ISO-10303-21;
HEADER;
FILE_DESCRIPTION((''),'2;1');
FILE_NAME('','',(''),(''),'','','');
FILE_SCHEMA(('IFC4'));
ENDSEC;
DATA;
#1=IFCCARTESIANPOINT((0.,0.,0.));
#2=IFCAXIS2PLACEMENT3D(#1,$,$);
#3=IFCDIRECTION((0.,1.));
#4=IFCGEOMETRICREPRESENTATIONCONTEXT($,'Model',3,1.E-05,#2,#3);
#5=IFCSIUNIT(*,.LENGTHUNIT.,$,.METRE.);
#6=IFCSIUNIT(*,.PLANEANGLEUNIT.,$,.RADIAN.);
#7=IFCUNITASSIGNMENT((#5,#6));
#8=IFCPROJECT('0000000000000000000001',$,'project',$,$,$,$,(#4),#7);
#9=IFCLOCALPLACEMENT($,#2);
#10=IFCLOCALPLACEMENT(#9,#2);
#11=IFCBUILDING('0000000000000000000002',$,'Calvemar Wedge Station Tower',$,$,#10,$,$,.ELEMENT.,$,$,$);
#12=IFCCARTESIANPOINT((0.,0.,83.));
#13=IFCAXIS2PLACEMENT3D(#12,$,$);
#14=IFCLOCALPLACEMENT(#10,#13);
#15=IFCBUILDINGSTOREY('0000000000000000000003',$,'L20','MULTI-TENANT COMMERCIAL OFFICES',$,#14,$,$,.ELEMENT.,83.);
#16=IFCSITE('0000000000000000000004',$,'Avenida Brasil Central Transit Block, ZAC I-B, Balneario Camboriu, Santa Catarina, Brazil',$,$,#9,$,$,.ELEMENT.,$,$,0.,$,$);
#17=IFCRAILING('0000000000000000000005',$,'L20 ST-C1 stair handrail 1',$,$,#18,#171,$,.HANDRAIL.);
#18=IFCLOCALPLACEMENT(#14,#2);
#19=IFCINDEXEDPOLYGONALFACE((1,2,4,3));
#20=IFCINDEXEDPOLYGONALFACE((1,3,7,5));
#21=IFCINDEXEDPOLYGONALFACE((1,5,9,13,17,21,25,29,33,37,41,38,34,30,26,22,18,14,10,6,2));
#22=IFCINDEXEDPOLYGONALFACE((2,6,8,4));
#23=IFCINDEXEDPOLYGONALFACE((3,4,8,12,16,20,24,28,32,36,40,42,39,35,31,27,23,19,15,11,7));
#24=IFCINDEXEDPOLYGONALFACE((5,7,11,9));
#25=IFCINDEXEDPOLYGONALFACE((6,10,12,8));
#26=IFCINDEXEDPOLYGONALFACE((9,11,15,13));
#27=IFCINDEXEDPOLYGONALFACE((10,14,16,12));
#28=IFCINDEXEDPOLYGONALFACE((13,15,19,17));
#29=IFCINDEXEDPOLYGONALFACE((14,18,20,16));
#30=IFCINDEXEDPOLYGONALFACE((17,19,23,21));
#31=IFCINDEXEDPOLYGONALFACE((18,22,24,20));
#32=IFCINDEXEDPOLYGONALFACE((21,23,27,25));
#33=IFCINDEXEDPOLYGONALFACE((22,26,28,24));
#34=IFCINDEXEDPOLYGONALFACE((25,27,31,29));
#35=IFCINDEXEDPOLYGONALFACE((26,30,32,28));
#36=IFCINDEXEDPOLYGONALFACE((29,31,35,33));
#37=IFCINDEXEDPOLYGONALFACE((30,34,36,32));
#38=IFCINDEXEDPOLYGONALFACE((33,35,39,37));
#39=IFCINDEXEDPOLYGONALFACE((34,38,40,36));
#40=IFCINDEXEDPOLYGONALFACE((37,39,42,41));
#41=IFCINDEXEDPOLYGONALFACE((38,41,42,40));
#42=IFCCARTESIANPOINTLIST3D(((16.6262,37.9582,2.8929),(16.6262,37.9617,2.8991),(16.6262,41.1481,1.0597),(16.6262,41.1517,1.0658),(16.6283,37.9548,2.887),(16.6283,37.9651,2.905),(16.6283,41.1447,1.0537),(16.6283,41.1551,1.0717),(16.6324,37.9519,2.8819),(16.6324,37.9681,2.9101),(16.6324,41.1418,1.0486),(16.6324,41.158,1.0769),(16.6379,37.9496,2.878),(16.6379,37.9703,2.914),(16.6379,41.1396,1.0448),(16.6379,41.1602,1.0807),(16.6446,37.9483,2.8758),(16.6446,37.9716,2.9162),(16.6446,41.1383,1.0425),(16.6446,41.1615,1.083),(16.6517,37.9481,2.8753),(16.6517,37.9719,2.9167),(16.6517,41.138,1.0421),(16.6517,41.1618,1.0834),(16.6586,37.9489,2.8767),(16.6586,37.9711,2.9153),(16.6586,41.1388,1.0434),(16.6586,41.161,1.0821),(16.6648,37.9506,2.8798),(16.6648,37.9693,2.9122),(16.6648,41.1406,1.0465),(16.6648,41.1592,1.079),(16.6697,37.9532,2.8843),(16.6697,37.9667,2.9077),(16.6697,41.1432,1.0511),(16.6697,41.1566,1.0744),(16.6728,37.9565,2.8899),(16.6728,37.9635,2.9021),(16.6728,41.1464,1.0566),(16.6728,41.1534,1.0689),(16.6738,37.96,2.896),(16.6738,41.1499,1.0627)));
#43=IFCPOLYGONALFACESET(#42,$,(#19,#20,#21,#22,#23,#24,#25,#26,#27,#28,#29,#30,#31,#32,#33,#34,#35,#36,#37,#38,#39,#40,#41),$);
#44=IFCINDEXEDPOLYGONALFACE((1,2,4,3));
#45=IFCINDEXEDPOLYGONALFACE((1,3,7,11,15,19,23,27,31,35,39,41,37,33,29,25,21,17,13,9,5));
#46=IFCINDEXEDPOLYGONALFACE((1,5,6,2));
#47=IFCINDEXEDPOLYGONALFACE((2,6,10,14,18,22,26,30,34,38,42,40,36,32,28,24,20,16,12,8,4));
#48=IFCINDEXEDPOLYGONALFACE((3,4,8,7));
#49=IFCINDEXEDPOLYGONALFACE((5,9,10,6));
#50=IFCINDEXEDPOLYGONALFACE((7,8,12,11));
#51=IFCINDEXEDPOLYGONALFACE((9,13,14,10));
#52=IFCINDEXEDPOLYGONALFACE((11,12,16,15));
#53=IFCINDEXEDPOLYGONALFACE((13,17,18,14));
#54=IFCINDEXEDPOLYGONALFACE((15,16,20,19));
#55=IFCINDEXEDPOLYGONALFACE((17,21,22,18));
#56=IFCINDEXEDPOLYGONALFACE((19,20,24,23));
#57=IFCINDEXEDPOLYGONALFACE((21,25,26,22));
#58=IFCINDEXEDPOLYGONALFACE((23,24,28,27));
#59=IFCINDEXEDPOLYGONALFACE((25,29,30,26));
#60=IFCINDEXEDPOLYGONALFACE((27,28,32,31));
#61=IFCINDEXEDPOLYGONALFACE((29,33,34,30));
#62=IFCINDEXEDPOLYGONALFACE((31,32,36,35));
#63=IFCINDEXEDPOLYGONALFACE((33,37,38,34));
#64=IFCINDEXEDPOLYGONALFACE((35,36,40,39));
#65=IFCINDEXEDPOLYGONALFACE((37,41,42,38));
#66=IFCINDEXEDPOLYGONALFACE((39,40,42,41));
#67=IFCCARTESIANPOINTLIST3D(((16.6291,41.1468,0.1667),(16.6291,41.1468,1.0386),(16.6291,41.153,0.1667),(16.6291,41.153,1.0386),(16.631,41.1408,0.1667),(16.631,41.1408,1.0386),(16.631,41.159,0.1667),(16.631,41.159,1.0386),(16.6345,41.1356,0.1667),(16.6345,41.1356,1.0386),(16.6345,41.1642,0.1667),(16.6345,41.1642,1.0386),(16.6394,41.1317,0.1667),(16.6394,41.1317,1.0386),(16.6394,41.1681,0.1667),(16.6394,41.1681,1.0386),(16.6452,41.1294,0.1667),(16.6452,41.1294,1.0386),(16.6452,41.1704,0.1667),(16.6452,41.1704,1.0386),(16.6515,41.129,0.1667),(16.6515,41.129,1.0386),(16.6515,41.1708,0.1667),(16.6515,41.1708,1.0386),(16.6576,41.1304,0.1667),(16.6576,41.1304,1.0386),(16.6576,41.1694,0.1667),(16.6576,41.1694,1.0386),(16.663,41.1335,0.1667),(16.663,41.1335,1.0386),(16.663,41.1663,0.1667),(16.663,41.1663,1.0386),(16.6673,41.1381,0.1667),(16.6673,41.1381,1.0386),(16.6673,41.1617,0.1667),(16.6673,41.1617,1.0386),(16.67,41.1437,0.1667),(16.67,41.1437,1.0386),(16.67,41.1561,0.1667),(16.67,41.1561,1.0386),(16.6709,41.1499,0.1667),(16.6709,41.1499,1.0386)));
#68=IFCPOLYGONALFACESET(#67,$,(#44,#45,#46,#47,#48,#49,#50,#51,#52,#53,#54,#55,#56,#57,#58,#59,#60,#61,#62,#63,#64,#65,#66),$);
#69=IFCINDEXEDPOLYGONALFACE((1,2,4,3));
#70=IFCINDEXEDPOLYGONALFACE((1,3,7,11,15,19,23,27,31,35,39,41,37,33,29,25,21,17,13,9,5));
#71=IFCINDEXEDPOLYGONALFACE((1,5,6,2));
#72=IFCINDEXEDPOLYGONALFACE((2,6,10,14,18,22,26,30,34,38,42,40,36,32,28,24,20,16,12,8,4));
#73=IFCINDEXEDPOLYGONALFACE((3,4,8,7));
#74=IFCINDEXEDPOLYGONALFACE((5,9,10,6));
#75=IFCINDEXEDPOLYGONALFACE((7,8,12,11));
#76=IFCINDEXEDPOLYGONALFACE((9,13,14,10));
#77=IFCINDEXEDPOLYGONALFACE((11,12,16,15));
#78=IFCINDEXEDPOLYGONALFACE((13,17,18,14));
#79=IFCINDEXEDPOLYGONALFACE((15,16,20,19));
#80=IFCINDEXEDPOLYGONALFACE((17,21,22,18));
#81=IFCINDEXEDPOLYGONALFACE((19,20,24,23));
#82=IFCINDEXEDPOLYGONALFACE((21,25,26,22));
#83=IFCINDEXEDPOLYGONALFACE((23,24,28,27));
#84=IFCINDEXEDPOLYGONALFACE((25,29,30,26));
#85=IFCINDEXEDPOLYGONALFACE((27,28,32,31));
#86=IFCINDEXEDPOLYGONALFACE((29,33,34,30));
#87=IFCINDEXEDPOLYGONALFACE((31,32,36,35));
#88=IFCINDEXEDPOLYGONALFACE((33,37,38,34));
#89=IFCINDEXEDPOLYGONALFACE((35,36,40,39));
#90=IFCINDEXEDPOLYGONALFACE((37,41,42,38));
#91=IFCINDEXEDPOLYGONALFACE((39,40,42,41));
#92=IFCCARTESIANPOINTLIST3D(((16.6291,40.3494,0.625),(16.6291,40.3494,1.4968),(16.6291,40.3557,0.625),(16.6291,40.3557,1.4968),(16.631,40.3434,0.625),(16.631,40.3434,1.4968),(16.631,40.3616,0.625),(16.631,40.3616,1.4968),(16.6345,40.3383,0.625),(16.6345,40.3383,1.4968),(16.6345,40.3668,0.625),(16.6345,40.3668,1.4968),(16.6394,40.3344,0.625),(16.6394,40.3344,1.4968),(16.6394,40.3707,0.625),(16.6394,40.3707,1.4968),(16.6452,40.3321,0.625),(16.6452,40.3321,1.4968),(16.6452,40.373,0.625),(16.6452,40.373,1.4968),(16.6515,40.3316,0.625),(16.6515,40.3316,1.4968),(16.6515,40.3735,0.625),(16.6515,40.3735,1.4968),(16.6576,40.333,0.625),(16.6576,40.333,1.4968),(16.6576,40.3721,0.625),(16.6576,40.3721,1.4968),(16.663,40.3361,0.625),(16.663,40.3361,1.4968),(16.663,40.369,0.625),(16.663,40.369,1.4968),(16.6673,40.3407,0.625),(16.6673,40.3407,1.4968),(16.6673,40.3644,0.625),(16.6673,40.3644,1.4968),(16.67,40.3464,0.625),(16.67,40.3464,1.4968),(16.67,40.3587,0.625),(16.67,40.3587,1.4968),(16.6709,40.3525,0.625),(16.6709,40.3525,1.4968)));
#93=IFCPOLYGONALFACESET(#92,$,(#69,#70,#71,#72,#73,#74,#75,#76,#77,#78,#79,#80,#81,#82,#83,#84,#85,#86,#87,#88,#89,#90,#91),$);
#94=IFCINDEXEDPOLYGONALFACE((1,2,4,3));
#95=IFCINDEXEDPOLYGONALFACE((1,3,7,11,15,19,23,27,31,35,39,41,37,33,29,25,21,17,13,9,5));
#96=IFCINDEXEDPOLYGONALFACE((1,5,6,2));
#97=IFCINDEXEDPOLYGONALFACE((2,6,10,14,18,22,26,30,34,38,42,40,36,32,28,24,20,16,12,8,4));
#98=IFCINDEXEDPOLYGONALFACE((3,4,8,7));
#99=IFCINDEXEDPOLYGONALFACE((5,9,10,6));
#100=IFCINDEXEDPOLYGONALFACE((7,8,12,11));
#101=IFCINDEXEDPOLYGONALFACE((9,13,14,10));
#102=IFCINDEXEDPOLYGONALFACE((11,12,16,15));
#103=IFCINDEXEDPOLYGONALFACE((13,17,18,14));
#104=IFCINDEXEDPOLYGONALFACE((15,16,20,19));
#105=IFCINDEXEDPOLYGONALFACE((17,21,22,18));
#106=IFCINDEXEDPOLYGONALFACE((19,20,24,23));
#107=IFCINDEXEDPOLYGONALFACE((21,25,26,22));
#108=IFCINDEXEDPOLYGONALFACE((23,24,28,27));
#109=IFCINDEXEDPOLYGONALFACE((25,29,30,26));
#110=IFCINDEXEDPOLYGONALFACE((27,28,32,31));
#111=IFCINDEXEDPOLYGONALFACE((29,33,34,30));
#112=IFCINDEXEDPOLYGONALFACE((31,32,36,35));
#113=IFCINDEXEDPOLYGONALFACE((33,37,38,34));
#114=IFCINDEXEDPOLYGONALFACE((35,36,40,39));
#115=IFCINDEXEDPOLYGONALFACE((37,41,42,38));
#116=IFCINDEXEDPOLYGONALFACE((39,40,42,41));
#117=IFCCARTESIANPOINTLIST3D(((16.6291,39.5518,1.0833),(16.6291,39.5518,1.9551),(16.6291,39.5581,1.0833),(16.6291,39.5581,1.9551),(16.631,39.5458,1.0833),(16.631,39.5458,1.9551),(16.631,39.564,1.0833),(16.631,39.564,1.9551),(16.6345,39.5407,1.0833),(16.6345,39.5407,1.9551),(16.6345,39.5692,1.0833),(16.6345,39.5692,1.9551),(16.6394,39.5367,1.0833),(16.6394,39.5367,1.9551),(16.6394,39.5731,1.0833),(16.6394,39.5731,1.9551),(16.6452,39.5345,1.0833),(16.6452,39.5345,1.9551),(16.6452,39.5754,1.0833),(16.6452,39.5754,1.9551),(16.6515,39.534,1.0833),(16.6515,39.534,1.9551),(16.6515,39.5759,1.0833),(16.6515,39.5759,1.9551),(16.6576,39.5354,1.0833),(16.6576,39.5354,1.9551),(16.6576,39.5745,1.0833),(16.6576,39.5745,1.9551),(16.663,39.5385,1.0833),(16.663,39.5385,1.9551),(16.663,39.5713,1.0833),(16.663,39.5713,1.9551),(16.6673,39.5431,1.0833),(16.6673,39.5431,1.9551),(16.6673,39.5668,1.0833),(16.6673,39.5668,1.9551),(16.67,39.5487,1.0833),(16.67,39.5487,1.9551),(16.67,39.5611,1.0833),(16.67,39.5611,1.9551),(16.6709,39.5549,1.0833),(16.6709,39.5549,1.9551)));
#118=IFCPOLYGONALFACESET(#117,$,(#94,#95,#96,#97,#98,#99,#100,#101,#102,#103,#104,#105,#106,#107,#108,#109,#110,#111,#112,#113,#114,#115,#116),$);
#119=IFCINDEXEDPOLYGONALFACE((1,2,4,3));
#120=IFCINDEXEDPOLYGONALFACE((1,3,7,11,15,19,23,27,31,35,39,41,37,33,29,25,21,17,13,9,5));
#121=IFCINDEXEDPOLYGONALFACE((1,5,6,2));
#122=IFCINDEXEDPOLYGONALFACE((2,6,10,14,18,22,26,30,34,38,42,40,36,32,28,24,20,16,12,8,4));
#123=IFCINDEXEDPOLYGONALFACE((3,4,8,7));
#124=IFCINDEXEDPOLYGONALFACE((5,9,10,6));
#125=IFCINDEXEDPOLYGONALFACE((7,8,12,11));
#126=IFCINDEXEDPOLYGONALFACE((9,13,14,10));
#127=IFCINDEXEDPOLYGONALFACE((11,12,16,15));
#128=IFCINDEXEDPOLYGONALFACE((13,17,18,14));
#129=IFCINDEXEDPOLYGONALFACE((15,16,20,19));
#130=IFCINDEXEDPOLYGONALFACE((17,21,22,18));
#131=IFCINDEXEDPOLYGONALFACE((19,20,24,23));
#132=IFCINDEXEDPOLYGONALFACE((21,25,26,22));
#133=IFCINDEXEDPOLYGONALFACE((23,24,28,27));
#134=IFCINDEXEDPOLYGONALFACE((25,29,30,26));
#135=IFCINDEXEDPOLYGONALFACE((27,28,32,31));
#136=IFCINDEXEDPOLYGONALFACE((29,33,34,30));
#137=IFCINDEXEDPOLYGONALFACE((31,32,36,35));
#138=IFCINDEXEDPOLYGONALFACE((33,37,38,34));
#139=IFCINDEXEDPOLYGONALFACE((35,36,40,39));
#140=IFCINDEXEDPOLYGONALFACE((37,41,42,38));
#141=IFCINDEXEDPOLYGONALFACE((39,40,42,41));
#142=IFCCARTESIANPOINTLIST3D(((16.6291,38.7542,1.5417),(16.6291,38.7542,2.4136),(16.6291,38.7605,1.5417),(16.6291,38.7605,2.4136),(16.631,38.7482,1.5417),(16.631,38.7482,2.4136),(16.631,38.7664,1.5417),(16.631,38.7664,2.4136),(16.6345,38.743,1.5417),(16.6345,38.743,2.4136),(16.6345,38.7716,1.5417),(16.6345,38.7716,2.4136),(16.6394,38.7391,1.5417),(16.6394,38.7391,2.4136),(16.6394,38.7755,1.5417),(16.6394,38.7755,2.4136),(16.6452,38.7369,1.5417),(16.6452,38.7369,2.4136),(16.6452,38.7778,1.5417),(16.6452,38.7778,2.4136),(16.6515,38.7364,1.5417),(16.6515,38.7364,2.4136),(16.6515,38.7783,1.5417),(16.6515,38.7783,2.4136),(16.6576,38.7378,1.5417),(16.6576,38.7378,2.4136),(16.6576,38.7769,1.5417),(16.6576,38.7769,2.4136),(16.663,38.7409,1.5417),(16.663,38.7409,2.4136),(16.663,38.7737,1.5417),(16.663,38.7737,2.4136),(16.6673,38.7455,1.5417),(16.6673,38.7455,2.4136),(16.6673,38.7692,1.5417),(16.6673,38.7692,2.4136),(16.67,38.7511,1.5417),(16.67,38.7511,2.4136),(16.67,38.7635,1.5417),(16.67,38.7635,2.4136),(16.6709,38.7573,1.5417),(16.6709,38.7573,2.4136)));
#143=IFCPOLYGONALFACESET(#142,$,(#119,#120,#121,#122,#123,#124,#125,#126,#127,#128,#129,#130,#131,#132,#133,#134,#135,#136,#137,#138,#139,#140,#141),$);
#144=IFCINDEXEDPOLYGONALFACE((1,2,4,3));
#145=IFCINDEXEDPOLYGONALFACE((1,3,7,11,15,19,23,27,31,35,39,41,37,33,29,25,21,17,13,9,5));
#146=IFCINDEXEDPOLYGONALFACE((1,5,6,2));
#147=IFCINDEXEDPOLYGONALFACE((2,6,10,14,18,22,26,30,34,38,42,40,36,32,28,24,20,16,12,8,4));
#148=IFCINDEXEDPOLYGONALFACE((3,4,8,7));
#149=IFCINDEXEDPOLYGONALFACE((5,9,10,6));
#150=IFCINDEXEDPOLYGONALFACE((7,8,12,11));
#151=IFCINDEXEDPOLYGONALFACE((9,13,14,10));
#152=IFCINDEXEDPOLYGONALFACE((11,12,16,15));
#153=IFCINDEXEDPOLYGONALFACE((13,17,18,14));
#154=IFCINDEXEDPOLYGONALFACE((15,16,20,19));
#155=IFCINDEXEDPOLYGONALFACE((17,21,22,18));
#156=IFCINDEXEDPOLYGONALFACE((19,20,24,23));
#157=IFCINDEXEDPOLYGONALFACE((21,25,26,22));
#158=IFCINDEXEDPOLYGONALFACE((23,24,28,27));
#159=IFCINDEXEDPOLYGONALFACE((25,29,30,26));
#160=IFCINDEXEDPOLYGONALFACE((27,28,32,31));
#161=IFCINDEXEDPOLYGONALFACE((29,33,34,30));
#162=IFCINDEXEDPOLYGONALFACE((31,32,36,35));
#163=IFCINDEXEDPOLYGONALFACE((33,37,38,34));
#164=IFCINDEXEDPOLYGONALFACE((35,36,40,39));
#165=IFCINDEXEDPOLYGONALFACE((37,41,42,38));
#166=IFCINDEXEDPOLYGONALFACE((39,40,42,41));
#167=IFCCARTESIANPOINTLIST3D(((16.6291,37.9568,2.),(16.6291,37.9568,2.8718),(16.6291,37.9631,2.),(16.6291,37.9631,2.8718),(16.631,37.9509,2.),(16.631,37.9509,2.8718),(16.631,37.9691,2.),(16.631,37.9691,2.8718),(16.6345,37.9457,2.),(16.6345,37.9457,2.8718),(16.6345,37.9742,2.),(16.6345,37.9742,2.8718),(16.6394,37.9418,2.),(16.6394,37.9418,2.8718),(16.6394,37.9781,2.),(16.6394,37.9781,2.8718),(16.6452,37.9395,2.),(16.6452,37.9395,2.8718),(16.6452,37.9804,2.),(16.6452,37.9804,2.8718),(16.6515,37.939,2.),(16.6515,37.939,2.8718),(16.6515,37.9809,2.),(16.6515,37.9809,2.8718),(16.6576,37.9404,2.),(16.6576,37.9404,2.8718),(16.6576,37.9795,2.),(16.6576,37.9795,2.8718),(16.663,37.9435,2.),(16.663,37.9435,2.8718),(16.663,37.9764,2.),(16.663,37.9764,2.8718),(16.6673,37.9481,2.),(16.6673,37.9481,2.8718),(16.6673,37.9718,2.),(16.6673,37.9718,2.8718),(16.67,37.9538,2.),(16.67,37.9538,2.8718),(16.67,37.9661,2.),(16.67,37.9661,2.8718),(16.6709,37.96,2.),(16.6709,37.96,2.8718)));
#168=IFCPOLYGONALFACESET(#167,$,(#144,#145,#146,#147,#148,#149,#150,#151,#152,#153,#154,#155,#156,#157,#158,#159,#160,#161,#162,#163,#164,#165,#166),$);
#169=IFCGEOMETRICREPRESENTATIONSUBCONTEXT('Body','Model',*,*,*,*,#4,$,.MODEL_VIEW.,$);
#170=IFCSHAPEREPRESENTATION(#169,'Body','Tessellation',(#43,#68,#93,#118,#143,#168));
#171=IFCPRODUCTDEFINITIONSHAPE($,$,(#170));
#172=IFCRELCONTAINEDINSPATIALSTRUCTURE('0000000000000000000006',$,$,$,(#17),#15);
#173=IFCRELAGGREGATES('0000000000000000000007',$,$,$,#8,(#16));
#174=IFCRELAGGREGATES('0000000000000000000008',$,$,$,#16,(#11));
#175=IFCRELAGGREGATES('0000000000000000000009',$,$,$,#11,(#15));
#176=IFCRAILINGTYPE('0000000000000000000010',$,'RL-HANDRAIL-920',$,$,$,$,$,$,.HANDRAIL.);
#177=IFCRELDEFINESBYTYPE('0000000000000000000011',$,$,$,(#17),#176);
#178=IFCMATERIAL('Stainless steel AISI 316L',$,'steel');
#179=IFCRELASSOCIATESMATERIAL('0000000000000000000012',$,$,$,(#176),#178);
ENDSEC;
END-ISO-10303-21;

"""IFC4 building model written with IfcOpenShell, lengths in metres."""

from ifc_helpers import new_model, si_unit, direction, frame, origin, origin_2d, place, context, subcontext, project, spatial, circle, extrude, material, type_object, element, save


model = new_model("IFC4")

# Units and contexts
model_context = context("Model", 3, precision=1e-05, world=origin(), true_north=direction((0.0, 1.0)))
body_context = subcontext(model_context, "Body", "Model", "MODEL_VIEW")
ifc_project = project(units=[si_unit("LENGTHUNIT", "METRE"), si_unit("PLANEANGLEUNIT", "RADIAN")], contexts=[model_context])

# Site, building, storey
site_placement = place(None, origin())
site = spatial("IfcSite", under=ifc_project, at=site_placement, Name="Avenida Brasil Central Transit Block, ZAC I-B, Balneario Camboriu, Santa Catarina, Brazil", CompositionType="ELEMENT", RefElevation=0.0)
building_placement = place(site_placement, origin())
building = spatial("IfcBuilding", under=site, at=building_placement, Name="Calvemar Wedge Station Tower", CompositionType="ELEMENT")
storey_placement = place(building_placement, frame((0.0, 0.0, 83.0)))
storey = spatial("IfcBuildingStorey", under=building, at=storey_placement, Name="L20", Description="MULTI-TENANT COMMERCIAL OFFICES", CompositionType="ELEMENT", Elevation=83.0)

# Railing
ifc_material_1 = material(Name="Stainless steel AISI 316L", Category="steel")
railing_type_1 = type_object("IfcRailingType", Name="RL-HANDRAIL-920", PredefinedType="HANDRAIL", material=ifc_material_1)
railing_1_placement = place(storey_placement, frame((16.6499, 41.1499, 0.1667)))
element("IfcRailing", 1, at=railing_1_placement, inside=storey, type_object=railing_type_1, Name="L20 ST-C1 stair handrail 1", PredefinedType="HANDRAIL", context=body_context, shape_type="SweptSolid", body=[
    extrude(circle(Radius=0.0239, at=origin_2d()), frame((0.0, 0.0, 0.896), z_axis=(0.0, -0.86702, 0.498274), x_axis=(1.0, 0.0, 0.0)), (0.0, 0.0, 1.0), 3.6792),
    extrude(circle(Radius=0.021, at=origin_2d()), origin(), (0.0, 0.0, 1.0), 0.8718),
    extrude(circle(Radius=0.021, at=origin_2d()), frame((0.0, -0.7974, 0.4583)), (0.0, 0.0, 1.0), 0.8718),
    extrude(circle(Radius=0.021, at=origin_2d()), frame((0.0, -1.595, 0.9165)), (0.0, 0.0, 1.0), 0.8718),
    extrude(circle(Radius=0.021, at=origin_2d()), frame((0.0, -2.3926, 1.375)), (0.0, 0.0, 1.0), 0.8718),
    extrude(circle(Radius=0.021, at=origin_2d()), frame((0.0, -3.1899, 1.8333)), (0.0, 0.0, 1.0), 0.8718),
])

save(model, "model.ifc")
